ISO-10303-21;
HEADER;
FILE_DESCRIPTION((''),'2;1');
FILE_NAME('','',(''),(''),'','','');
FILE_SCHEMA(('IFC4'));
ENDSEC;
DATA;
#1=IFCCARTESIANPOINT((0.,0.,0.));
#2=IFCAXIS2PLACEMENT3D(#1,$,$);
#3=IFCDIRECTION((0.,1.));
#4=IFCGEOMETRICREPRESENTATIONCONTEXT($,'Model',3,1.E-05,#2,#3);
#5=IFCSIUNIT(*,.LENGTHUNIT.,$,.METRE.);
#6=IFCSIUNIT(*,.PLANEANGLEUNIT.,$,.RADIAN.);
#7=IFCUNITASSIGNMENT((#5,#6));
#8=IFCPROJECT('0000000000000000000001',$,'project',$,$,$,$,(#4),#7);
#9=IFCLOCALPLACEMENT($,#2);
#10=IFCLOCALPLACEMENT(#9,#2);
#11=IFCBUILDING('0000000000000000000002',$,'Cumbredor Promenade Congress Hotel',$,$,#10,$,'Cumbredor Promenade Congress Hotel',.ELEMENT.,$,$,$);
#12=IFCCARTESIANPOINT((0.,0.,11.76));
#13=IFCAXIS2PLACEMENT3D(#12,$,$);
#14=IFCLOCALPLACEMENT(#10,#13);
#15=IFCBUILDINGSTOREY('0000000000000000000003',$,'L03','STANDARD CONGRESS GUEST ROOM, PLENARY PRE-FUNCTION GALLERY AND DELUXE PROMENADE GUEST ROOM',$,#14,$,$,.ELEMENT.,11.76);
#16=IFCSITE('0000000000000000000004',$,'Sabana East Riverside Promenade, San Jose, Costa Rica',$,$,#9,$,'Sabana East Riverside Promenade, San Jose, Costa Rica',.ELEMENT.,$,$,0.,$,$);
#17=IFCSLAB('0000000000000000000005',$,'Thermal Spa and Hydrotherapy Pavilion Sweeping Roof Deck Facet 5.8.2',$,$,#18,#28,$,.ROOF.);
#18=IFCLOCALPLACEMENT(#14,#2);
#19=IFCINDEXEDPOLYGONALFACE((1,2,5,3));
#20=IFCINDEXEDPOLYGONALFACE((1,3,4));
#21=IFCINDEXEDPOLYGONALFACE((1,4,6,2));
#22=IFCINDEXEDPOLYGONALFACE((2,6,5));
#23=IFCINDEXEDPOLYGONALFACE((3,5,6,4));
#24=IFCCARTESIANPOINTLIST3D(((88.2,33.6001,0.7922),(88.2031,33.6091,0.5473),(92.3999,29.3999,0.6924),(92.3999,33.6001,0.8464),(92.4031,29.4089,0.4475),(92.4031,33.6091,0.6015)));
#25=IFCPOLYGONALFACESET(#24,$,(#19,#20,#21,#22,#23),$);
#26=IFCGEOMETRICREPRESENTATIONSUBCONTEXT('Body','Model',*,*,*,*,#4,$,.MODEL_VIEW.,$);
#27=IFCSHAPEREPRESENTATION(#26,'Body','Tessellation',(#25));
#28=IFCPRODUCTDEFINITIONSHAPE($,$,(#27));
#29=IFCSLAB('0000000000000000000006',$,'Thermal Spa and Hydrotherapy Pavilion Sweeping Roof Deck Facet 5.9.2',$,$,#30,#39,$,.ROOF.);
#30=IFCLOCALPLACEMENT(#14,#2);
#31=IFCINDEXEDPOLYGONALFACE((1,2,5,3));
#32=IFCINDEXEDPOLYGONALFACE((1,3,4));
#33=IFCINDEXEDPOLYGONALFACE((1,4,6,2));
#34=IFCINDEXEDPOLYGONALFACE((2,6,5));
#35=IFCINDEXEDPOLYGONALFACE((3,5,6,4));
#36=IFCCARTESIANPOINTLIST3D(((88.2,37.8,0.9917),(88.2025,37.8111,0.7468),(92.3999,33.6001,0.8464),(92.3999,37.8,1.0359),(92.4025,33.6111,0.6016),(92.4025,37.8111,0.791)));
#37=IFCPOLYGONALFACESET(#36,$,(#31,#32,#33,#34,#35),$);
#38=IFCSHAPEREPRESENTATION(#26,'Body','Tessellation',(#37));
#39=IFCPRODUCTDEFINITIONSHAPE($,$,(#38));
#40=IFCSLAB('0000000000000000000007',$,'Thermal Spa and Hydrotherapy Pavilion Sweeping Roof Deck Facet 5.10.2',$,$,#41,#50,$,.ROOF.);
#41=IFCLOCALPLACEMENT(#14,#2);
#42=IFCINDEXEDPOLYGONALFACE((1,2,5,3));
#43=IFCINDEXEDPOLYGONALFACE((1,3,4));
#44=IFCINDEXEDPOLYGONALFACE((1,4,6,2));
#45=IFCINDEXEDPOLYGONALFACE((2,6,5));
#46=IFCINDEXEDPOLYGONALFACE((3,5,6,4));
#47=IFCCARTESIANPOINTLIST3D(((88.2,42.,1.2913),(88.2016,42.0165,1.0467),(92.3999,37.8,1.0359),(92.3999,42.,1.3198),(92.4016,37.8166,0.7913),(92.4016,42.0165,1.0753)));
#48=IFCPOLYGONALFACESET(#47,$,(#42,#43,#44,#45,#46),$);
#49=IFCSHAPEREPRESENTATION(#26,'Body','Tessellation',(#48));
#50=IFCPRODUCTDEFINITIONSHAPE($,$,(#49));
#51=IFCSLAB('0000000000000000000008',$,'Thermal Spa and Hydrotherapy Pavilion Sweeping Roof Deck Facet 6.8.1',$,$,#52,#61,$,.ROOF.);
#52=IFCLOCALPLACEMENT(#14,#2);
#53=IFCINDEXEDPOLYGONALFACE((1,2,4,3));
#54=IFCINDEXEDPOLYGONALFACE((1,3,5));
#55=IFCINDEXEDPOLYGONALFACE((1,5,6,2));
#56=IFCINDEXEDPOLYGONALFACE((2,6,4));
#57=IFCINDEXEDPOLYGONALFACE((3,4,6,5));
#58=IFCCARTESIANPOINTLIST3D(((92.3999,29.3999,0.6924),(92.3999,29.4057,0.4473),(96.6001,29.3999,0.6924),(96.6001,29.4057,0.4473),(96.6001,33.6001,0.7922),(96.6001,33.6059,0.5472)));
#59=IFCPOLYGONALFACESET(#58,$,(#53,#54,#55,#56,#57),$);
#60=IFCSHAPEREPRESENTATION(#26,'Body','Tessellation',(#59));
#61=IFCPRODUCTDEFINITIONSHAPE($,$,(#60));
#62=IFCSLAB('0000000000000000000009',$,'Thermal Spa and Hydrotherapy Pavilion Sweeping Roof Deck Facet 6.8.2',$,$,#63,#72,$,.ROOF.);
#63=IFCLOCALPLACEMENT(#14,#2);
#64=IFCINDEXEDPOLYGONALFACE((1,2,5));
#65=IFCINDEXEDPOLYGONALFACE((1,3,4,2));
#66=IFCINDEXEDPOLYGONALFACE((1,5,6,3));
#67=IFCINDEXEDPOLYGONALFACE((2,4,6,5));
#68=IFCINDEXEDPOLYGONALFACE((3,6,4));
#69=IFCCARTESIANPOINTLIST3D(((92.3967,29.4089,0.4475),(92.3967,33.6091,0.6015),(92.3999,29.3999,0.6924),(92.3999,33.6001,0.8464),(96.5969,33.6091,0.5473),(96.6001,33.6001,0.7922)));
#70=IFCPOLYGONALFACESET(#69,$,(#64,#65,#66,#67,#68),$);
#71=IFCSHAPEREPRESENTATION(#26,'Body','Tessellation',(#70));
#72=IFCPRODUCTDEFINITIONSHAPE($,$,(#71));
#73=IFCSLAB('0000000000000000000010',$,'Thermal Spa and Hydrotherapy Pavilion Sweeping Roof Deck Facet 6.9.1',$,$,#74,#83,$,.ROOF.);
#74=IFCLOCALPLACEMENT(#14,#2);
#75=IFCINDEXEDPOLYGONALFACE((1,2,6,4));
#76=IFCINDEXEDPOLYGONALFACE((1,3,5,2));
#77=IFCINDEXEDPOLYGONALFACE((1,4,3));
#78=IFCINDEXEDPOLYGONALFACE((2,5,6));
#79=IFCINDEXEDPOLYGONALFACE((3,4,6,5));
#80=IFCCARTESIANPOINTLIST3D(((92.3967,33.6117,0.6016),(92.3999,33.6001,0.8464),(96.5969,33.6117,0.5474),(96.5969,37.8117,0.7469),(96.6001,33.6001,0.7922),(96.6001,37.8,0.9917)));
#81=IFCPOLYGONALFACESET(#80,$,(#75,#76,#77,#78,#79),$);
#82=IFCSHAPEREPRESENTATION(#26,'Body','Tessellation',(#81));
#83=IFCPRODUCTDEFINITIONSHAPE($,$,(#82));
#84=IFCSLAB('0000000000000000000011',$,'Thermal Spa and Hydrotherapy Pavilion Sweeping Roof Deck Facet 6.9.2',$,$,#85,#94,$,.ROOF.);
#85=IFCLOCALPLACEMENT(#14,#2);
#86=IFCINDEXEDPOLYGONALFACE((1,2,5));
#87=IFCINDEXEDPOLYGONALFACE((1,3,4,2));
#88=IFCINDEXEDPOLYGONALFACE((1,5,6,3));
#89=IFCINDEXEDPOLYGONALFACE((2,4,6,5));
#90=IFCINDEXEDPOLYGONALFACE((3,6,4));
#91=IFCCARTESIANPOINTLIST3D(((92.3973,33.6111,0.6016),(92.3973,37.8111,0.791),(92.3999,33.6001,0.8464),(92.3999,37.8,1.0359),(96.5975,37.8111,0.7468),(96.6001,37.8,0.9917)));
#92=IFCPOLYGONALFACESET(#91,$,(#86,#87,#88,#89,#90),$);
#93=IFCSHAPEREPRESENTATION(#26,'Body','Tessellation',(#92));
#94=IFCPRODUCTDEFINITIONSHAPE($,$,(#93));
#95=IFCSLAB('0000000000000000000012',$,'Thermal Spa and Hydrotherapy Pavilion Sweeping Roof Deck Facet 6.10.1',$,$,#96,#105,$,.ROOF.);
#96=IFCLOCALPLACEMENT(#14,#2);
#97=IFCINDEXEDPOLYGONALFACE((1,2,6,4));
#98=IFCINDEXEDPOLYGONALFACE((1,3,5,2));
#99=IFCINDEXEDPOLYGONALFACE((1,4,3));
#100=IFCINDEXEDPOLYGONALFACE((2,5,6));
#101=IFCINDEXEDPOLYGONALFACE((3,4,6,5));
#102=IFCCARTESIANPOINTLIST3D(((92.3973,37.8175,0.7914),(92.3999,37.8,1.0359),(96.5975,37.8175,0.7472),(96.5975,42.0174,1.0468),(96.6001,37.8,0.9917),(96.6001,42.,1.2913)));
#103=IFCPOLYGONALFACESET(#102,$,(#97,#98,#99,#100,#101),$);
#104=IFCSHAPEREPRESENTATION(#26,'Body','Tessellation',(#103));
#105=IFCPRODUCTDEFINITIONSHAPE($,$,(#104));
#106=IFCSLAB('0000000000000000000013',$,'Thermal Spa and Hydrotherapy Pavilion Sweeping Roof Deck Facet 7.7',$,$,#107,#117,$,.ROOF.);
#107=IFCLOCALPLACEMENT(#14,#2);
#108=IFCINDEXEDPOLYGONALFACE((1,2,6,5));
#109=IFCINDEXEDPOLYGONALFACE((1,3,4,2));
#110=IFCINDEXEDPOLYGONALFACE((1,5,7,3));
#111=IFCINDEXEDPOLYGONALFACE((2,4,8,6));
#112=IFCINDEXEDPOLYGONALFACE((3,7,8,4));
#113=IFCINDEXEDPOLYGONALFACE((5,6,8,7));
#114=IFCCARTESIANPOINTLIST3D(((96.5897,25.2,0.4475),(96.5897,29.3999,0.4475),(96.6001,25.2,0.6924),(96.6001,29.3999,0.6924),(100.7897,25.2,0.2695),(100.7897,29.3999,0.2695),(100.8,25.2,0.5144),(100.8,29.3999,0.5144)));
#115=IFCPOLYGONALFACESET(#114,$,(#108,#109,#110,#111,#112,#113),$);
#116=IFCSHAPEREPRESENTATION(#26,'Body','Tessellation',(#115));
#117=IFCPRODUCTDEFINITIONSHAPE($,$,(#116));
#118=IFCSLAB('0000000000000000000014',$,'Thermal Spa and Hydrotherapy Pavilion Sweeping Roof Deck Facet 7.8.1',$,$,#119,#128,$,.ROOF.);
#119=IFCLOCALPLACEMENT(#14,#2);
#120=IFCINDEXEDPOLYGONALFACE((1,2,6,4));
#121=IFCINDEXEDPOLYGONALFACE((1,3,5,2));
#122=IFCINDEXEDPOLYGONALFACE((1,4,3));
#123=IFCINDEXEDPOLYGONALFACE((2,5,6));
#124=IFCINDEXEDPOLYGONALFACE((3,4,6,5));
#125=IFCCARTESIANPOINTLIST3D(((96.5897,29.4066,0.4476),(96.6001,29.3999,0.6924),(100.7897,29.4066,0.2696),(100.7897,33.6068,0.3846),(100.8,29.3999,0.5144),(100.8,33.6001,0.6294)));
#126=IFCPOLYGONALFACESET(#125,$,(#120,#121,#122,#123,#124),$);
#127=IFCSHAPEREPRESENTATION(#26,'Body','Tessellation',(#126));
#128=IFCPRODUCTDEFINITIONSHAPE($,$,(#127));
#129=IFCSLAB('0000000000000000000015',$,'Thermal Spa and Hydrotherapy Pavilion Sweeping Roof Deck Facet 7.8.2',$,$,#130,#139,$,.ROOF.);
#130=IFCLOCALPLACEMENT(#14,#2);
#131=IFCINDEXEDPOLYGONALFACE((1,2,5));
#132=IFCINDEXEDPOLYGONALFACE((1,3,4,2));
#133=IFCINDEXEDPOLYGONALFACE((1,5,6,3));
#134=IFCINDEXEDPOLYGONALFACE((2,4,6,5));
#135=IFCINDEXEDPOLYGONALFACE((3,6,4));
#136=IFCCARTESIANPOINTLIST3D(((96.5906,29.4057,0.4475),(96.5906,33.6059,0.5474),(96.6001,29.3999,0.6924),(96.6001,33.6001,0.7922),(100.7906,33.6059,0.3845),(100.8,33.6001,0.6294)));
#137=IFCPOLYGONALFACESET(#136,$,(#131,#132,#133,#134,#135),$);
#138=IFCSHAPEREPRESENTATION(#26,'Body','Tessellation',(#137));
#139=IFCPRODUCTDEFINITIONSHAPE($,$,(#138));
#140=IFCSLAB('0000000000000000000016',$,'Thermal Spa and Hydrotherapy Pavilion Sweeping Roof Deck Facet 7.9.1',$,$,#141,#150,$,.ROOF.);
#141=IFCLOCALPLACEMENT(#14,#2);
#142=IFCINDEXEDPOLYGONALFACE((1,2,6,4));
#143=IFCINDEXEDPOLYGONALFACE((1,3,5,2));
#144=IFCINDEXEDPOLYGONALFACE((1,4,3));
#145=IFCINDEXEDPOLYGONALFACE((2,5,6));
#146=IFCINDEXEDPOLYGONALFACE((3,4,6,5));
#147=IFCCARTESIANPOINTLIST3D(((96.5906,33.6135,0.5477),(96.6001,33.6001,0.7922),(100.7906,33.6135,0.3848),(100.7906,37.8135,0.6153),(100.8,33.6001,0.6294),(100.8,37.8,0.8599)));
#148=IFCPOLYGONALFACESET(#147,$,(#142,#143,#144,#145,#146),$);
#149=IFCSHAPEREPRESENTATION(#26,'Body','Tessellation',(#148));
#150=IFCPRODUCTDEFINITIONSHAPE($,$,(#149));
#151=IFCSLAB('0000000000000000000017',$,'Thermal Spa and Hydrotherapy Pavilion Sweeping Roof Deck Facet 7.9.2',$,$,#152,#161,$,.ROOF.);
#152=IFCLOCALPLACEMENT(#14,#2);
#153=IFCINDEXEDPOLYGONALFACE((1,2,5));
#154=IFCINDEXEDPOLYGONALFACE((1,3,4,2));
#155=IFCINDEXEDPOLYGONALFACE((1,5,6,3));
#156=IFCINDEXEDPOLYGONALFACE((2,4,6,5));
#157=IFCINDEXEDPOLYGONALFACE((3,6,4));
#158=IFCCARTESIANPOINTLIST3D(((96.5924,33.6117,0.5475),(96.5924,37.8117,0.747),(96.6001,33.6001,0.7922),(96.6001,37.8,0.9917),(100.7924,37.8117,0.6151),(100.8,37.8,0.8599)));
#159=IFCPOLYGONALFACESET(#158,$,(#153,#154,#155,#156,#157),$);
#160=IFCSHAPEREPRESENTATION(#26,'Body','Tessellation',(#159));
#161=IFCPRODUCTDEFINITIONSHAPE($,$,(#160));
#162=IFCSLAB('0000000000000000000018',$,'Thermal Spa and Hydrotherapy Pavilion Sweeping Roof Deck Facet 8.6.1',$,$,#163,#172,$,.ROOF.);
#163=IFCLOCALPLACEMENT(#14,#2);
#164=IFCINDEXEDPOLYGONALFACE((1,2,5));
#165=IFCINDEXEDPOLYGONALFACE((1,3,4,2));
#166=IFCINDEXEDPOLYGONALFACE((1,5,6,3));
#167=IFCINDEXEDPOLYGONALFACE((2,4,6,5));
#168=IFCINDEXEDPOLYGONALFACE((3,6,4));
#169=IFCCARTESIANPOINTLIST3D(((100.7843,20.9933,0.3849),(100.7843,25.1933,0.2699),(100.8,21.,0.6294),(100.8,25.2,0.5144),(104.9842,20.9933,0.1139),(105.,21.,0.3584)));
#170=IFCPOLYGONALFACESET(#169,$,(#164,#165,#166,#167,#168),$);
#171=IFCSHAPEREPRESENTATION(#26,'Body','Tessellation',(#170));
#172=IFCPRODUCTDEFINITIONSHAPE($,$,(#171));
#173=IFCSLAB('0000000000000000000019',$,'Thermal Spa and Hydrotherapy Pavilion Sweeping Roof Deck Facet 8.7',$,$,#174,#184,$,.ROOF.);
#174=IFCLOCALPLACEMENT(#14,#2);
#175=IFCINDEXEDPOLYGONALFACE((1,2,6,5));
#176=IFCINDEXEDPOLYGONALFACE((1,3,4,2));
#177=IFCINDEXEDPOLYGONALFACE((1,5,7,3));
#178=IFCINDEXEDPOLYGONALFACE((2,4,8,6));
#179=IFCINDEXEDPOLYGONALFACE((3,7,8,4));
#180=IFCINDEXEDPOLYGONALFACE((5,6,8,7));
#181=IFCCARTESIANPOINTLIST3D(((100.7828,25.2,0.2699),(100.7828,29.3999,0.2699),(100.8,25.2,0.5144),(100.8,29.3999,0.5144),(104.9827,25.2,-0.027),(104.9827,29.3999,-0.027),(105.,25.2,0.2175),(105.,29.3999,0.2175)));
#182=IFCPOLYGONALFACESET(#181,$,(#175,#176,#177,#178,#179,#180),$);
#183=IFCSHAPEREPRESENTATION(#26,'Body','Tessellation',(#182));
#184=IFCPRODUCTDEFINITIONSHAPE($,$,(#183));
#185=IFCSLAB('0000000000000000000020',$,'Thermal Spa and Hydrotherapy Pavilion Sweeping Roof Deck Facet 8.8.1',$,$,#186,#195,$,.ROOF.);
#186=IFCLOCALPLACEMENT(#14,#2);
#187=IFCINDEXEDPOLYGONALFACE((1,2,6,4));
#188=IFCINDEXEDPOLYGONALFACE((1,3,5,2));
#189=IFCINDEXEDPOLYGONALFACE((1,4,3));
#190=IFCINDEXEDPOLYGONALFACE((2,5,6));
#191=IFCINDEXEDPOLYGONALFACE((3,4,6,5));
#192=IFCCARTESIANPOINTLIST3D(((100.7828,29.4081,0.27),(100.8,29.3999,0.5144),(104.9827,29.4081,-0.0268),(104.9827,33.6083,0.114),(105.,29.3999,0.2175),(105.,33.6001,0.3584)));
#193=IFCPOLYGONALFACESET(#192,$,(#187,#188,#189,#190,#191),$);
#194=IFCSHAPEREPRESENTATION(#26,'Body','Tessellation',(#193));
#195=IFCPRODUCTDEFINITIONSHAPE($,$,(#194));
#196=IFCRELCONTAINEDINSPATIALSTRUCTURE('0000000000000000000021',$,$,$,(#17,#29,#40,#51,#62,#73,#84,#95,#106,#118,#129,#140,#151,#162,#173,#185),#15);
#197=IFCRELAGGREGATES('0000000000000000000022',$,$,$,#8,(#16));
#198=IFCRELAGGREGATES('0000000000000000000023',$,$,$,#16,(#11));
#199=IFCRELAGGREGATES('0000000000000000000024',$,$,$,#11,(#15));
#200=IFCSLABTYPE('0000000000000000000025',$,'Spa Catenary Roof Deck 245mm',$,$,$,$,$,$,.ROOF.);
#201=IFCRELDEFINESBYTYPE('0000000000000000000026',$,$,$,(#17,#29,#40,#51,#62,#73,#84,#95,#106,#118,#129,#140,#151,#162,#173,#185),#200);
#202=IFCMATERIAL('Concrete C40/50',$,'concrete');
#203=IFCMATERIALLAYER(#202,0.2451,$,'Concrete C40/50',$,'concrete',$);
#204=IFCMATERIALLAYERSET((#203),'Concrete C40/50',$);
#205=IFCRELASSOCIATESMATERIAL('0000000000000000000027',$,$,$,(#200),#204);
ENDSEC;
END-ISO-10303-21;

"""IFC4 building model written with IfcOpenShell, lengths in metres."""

from ifc_helpers import new_model, si_unit, direction, frame, origin, place, context, subcontext, project, spatial, polyline, outline, extrude, material, layer, layer_set, type_object, element, save


model = new_model("IFC4")

# Units and contexts
model_context = context("Model", 3, precision=1e-05, world=origin(), true_north=direction((0.0, 1.0)))
body_context = subcontext(model_context, "Body", "Model", "MODEL_VIEW")
ifc_project = project(units=[si_unit("LENGTHUNIT", "METRE"), si_unit("PLANEANGLEUNIT", "RADIAN")], contexts=[model_context])

# Site, building, storey
site_placement = place(None, origin())
site = spatial("IfcSite", under=ifc_project, at=site_placement, Name="Sabana East Riverside Promenade, San Jose, Costa Rica", LongName="Sabana East Riverside Promenade, San Jose, Costa Rica", CompositionType="ELEMENT", RefElevation=0.0)
building_placement = place(site_placement, origin())
building = spatial("IfcBuilding", under=site, at=building_placement, Name="Cumbredor Promenade Congress Hotel", LongName="Cumbredor Promenade Congress Hotel", CompositionType="ELEMENT")
storey_placement = place(building_placement, frame((0.0, 0.0, 11.76)))
storey = spatial("IfcBuildingStorey", under=building, at=storey_placement, Name="L03", Description="STANDARD CONGRESS GUEST ROOM, PLENARY PRE-FUNCTION GALLERY AND DELUXE PROMENADE GUEST ROOM", CompositionType="ELEMENT", Elevation=11.76)

# Slabs
ifc_material_1 = material(Name="Concrete C40/50", Category="concrete")
ifc_layer_1 = layer(ifc_material_1, 0.2451, Name="Concrete C40/50", Category="concrete")
ifc_layer_set_1 = layer_set([ifc_layer_1], Name="Concrete C40/50")
slab_type = type_object("IfcSlabType", Name="Spa Catenary Roof Deck 245mm", PredefinedType="ROOF", material=ifc_layer_set_1)
slab_1_placement = place(storey_placement, frame((92.3999, 29.3999, 0.6924), z_axis=(-0.012895, -0.03665, 0.999245), x_axis=(0.0, 0.999328, 0.036653)))
element("IfcSlab", 1, at=slab_1_placement, inside=storey, type_object=slab_type, Name="Thermal Spa and Hydrotherapy Pavilion Sweeping Roof Deck Facet 5.8.2", PredefinedType="ROOF", context=body_context, shape_type="SweptSolid", body=[
    extrude(outline(polyline([(0.0, 0.0), (4.203, 0.0), (4.201, 4.2003), (0.0, 0.0)])), origin(), (0.0, 0.0, -1.0), 0.2451),
])
slab_2_placement = place(storey_placement, frame((92.3999, 33.6001, 0.8464), z_axis=(-0.01051, -0.04506, 0.998929), x_axis=(0.0, 0.998984, 0.045063)))
element("IfcSlab", 2, at=slab_2_placement, inside=storey, type_object=slab_type, Name="Thermal Spa and Hydrotherapy Pavilion Sweeping Roof Deck Facet 5.9.2", PredefinedType="ROOF", context=body_context, shape_type="SweptSolid", body=[
    extrude(outline(polyline([(0.0, 0.0), (4.2042, 0.0), (4.2022, 4.2002), (0.0, 0.0)])), origin(), (0.0, 0.0, -1.0), 0.2451),
])
slab_3_placement = place(storey_placement, frame((92.3999, 37.8, 1.0359), z_axis=(-0.006785, -0.067449, 0.9977), x_axis=(0.0, 0.997723, 0.067451)))
element("IfcSlab", 3, at=slab_3_placement, inside=storey, type_object=slab_type, Name="Thermal Spa and Hydrotherapy Pavilion Sweeping Roof Deck Facet 5.10.2", PredefinedType="ROOF", context=body_context, shape_type="SweptSolid", body=[
    extrude(outline(polyline([(0.0, 0.0), (4.2095, 0.0), (4.2076, 4.2), (0.0, 0.0)])), origin(), (0.0, 0.0, -1.0), 0.2451),
])
slab_4_placement = place(storey_placement, frame((92.3999, 29.3999, 0.6924), z_axis=(0.0, -0.023767, 0.999718), x_axis=(1.0, 0.0, 0.0)))
element("IfcSlab", 4, at=slab_4_placement, inside=storey, type_object=slab_type, Name="Thermal Spa and Hydrotherapy Pavilion Sweeping Roof Deck Facet 6.8.1", PredefinedType="ROOF", context=body_context, shape_type="SweptSolid", body=[
    extrude(outline(polyline([(0.0, 0.0), (4.2002, 0.0), (4.2002, 4.2014), (0.0, 0.0)])), origin(), (0.0, 0.0, -1.0), 0.2451),
])
slab_5_placement = place(storey_placement, frame((92.3999, 29.3999, 0.6924), z_axis=(0.012894, -0.03665, 0.999245), x_axis=(0.707007, 0.707007, 0.016808)))
element("IfcSlab", 5, at=slab_5_placement, inside=storey, type_object=slab_type, Name="Thermal Spa and Hydrotherapy Pavilion Sweeping Roof Deck Facet 6.8.2", PredefinedType="ROOF", context=body_context, shape_type="SweptSolid", body=[
    extrude(outline(polyline([(0.0, 0.0), (5.9408, 0.0), (2.9722, 2.9718), (0.0, 0.0)])), origin(), (0.0, 0.0, -1.0), 0.2451),
])
slab_6_placement = place(storey_placement, frame((92.3999, 33.6001, 0.8464), z_axis=(0.012888, -0.047434, 0.998791), x_axis=(0.999917, 0.0, -0.012903)))
element("IfcSlab", 6, at=slab_6_placement, inside=storey, type_object=slab_type, Name="Thermal Spa and Hydrotherapy Pavilion Sweeping Roof Deck Facet 6.9.1", PredefinedType="ROOF", context=body_context, shape_type="SweptSolid", body=[
    extrude(outline(polyline([(0.0, 0.0), (4.2005, 0.0), (4.198, 4.2047), (0.0, 0.0)])), origin(), (0.0, 0.0, -1.0), 0.2451),
])
slab_7_placement = place(storey_placement, frame((92.3999, 33.6001, 0.8464), z_axis=(0.01051, -0.04506, 0.998929), x_axis=(0.706916, 0.706875, 0.024449)))
element("IfcSlab", 7, at=slab_7_placement, inside=storey, type_object=slab_type, Name="Thermal Spa and Hydrotherapy Pavilion Sweeping Roof Deck Facet 6.9.2", PredefinedType="ROOF", context=body_context, shape_type="SweptSolid", body=[
    extrude(outline(polyline([(0.0, 0.0), (5.9416, 0.0), (2.9735, 2.9722), (0.0, 0.0)])), origin(), (0.0, 0.0, -1.0), 0.2451),
])
slab_8_placement = place(storey_placement, frame((92.3999, 37.8, 1.0359), z_axis=(0.010494, -0.07114, 0.997411), x_axis=(0.999945, 0.0, -0.01052)))
element("IfcSlab", 8, at=slab_8_placement, inside=storey, type_object=slab_type, Name="Thermal Spa and Hydrotherapy Pavilion Sweeping Roof Deck Facet 6.10.1", PredefinedType="ROOF", context=body_context, shape_type="SweptSolid", body=[
    extrude(outline(polyline([(0.0, 0.0), (4.2004, 0.0), (4.1973, 4.2106), (0.0, 0.0)])), origin(), (0.0, 0.0, -1.0), 0.2451),
])
slab_9_placement = place(storey_placement, frame((96.6001, 25.2, 0.6924), z_axis=(0.042338, 0.0, 0.999103), x_axis=(0.999103, 0.0, -0.042338)))
element("IfcSlab", 9, at=slab_9_placement, inside=storey, type_object=slab_type, Name="Thermal Spa and Hydrotherapy Pavilion Sweeping Roof Deck Facet 7.7", PredefinedType="ROOF", context=body_context, shape_type="SweptSolid", body=[
    extrude(outline(polyline([(0.0, 0.0), (4.2037, 0.0), (4.2037, 4.2), (0.0, 4.2), (0.0, 0.0)])), origin(), (0.0, 0.0, -1.0), 0.2451),
])
slab_10_placement = place(storey_placement, frame((96.6001, 29.3999, 0.6924), z_axis=(0.042323, -0.027343, 0.99873), x_axis=(0.999103, 0.0, -0.042338)))
element("IfcSlab", 10, at=slab_10_placement, inside=storey, type_object=slab_type, Name="Thermal Spa and Hydrotherapy Pavilion Sweeping Roof Deck Facet 7.8.1", PredefinedType="ROOF", context=body_context, shape_type="SweptSolid", body=[
    extrude(outline(polyline([(0.0, 0.0), (4.2037, 0.0), (4.1989, 4.2018), (0.0, 0.0)])), origin(), (0.0, 0.0, -1.0), 0.2451),
])
slab_11_placement = place(storey_placement, frame((96.6001, 29.3999, 0.6924), z_axis=(0.038732, -0.023749, 0.998967), x_axis=(0.707046, 0.707088, -0.010604)))
element("IfcSlab", 11, at=slab_11_placement, inside=storey, type_object=slab_type, Name="Thermal Spa and Hydrotherapy Pavilion Sweeping Roof Deck Facet 7.8.2", PredefinedType="ROOF", context=body_context, shape_type="SweptSolid", body=[
    extrude(outline(polyline([(0.0, 0.0), (5.9401, 0.0), (2.9688, 2.9728), (0.0, 0.0)])), origin(), (0.0, 0.0, -1.0), 0.2451),
])
slab_12_placement = place(storey_placement, frame((96.6001, 33.6001, 0.7922), z_axis=(0.038685, -0.054751, 0.99775), x_axis=(0.999249, 0.0, -0.038743)))
element("IfcSlab", 12, at=slab_12_placement, inside=storey, type_object=slab_type, Name="Thermal Spa and Hydrotherapy Pavilion Sweeping Roof Deck Facet 7.9.1", PredefinedType="ROOF", context=body_context, shape_type="SweptSolid", body=[
    extrude(outline(polyline([(0.0, 0.0), (4.2031, 0.0), (4.1942, 4.2063), (0.0, 0.0)])), origin(), (0.0, 0.0, -1.0), 0.2451),
])
slab_13_placement = place(storey_placement, frame((96.6001, 33.6001, 0.7922), z_axis=(0.031339, -0.047415, 0.998384), x_axis=(0.707061, 0.707061, 0.011385)))
element("IfcSlab", 13, at=slab_13_placement, inside=storey, type_object=slab_type, Name="Thermal Spa and Hydrotherapy Pavilion Sweeping Roof Deck Facet 7.9.2", PredefinedType="ROOF", context=body_context, shape_type="SweptSolid", body=[
    extrude(outline(polyline([(0.0, 0.0), (5.94, 0.0), (2.9719, 2.9744), (0.0, 0.0)])), origin(), (0.0, 0.0, -1.0), 0.2451),
])
slab_14_placement = place(storey_placement, frame((100.8, 21.0, 0.6294), z_axis=(0.064366, 0.027312, 0.997553), x_axis=(0.997925, 0.0, -0.06439)))
element("IfcSlab", 14, at=slab_14_placement, inside=storey, type_object=slab_type, Name="Thermal Spa and Hydrotherapy Pavilion Sweeping Roof Deck Facet 8.6.1", PredefinedType="ROOF", context=body_context, shape_type="SweptSolid", body=[
    extrude(outline(polyline([(0.0, 0.0), (4.2087, 0.0), (0.0074, 4.2015), (0.0, 0.0)])), origin(), (0.0, 0.0, -1.0), 0.2451),
])
slab_15_placement = place(storey_placement, frame((100.8, 25.2, 0.5144), z_axis=(0.070509, 0.0, 0.997511), x_axis=(0.997511, 0.0, -0.070509)))
element("IfcSlab", 15, at=slab_15_placement, inside=storey, type_object=slab_type, Name="Thermal Spa and Hydrotherapy Pavilion Sweeping Roof Deck Facet 8.7", PredefinedType="ROOF", context=body_context, shape_type="SweptSolid", body=[
    extrude(outline(polyline([(0.0, 0.0), (4.2104, 0.0), (4.2104, 4.2), (0.0, 4.2), (0.0, 0.0)])), origin(), (0.0, 0.0, -1.0), 0.2451),
])
slab_16_placement = place(storey_placement, frame((100.8, 29.3999, 0.5144), z_axis=(0.07047, -0.033437, 0.996953), x_axis=(0.997511, 0.0, -0.070509)))
element("IfcSlab", 16, at=slab_16_placement, inside=storey, type_object=slab_type, Name="Thermal Spa and Hydrotherapy Pavilion Sweeping Roof Deck Facet 8.8.1", PredefinedType="ROOF", context=body_context, shape_type="SweptSolid", body=[
    extrude(outline(polyline([(0.0, 0.0), (4.2104, 0.0), (4.2005, 4.2025), (0.0, 0.0)])), origin(), (0.0, 0.0, -1.0), 0.2451),
])

save(model, "model.ifc")
